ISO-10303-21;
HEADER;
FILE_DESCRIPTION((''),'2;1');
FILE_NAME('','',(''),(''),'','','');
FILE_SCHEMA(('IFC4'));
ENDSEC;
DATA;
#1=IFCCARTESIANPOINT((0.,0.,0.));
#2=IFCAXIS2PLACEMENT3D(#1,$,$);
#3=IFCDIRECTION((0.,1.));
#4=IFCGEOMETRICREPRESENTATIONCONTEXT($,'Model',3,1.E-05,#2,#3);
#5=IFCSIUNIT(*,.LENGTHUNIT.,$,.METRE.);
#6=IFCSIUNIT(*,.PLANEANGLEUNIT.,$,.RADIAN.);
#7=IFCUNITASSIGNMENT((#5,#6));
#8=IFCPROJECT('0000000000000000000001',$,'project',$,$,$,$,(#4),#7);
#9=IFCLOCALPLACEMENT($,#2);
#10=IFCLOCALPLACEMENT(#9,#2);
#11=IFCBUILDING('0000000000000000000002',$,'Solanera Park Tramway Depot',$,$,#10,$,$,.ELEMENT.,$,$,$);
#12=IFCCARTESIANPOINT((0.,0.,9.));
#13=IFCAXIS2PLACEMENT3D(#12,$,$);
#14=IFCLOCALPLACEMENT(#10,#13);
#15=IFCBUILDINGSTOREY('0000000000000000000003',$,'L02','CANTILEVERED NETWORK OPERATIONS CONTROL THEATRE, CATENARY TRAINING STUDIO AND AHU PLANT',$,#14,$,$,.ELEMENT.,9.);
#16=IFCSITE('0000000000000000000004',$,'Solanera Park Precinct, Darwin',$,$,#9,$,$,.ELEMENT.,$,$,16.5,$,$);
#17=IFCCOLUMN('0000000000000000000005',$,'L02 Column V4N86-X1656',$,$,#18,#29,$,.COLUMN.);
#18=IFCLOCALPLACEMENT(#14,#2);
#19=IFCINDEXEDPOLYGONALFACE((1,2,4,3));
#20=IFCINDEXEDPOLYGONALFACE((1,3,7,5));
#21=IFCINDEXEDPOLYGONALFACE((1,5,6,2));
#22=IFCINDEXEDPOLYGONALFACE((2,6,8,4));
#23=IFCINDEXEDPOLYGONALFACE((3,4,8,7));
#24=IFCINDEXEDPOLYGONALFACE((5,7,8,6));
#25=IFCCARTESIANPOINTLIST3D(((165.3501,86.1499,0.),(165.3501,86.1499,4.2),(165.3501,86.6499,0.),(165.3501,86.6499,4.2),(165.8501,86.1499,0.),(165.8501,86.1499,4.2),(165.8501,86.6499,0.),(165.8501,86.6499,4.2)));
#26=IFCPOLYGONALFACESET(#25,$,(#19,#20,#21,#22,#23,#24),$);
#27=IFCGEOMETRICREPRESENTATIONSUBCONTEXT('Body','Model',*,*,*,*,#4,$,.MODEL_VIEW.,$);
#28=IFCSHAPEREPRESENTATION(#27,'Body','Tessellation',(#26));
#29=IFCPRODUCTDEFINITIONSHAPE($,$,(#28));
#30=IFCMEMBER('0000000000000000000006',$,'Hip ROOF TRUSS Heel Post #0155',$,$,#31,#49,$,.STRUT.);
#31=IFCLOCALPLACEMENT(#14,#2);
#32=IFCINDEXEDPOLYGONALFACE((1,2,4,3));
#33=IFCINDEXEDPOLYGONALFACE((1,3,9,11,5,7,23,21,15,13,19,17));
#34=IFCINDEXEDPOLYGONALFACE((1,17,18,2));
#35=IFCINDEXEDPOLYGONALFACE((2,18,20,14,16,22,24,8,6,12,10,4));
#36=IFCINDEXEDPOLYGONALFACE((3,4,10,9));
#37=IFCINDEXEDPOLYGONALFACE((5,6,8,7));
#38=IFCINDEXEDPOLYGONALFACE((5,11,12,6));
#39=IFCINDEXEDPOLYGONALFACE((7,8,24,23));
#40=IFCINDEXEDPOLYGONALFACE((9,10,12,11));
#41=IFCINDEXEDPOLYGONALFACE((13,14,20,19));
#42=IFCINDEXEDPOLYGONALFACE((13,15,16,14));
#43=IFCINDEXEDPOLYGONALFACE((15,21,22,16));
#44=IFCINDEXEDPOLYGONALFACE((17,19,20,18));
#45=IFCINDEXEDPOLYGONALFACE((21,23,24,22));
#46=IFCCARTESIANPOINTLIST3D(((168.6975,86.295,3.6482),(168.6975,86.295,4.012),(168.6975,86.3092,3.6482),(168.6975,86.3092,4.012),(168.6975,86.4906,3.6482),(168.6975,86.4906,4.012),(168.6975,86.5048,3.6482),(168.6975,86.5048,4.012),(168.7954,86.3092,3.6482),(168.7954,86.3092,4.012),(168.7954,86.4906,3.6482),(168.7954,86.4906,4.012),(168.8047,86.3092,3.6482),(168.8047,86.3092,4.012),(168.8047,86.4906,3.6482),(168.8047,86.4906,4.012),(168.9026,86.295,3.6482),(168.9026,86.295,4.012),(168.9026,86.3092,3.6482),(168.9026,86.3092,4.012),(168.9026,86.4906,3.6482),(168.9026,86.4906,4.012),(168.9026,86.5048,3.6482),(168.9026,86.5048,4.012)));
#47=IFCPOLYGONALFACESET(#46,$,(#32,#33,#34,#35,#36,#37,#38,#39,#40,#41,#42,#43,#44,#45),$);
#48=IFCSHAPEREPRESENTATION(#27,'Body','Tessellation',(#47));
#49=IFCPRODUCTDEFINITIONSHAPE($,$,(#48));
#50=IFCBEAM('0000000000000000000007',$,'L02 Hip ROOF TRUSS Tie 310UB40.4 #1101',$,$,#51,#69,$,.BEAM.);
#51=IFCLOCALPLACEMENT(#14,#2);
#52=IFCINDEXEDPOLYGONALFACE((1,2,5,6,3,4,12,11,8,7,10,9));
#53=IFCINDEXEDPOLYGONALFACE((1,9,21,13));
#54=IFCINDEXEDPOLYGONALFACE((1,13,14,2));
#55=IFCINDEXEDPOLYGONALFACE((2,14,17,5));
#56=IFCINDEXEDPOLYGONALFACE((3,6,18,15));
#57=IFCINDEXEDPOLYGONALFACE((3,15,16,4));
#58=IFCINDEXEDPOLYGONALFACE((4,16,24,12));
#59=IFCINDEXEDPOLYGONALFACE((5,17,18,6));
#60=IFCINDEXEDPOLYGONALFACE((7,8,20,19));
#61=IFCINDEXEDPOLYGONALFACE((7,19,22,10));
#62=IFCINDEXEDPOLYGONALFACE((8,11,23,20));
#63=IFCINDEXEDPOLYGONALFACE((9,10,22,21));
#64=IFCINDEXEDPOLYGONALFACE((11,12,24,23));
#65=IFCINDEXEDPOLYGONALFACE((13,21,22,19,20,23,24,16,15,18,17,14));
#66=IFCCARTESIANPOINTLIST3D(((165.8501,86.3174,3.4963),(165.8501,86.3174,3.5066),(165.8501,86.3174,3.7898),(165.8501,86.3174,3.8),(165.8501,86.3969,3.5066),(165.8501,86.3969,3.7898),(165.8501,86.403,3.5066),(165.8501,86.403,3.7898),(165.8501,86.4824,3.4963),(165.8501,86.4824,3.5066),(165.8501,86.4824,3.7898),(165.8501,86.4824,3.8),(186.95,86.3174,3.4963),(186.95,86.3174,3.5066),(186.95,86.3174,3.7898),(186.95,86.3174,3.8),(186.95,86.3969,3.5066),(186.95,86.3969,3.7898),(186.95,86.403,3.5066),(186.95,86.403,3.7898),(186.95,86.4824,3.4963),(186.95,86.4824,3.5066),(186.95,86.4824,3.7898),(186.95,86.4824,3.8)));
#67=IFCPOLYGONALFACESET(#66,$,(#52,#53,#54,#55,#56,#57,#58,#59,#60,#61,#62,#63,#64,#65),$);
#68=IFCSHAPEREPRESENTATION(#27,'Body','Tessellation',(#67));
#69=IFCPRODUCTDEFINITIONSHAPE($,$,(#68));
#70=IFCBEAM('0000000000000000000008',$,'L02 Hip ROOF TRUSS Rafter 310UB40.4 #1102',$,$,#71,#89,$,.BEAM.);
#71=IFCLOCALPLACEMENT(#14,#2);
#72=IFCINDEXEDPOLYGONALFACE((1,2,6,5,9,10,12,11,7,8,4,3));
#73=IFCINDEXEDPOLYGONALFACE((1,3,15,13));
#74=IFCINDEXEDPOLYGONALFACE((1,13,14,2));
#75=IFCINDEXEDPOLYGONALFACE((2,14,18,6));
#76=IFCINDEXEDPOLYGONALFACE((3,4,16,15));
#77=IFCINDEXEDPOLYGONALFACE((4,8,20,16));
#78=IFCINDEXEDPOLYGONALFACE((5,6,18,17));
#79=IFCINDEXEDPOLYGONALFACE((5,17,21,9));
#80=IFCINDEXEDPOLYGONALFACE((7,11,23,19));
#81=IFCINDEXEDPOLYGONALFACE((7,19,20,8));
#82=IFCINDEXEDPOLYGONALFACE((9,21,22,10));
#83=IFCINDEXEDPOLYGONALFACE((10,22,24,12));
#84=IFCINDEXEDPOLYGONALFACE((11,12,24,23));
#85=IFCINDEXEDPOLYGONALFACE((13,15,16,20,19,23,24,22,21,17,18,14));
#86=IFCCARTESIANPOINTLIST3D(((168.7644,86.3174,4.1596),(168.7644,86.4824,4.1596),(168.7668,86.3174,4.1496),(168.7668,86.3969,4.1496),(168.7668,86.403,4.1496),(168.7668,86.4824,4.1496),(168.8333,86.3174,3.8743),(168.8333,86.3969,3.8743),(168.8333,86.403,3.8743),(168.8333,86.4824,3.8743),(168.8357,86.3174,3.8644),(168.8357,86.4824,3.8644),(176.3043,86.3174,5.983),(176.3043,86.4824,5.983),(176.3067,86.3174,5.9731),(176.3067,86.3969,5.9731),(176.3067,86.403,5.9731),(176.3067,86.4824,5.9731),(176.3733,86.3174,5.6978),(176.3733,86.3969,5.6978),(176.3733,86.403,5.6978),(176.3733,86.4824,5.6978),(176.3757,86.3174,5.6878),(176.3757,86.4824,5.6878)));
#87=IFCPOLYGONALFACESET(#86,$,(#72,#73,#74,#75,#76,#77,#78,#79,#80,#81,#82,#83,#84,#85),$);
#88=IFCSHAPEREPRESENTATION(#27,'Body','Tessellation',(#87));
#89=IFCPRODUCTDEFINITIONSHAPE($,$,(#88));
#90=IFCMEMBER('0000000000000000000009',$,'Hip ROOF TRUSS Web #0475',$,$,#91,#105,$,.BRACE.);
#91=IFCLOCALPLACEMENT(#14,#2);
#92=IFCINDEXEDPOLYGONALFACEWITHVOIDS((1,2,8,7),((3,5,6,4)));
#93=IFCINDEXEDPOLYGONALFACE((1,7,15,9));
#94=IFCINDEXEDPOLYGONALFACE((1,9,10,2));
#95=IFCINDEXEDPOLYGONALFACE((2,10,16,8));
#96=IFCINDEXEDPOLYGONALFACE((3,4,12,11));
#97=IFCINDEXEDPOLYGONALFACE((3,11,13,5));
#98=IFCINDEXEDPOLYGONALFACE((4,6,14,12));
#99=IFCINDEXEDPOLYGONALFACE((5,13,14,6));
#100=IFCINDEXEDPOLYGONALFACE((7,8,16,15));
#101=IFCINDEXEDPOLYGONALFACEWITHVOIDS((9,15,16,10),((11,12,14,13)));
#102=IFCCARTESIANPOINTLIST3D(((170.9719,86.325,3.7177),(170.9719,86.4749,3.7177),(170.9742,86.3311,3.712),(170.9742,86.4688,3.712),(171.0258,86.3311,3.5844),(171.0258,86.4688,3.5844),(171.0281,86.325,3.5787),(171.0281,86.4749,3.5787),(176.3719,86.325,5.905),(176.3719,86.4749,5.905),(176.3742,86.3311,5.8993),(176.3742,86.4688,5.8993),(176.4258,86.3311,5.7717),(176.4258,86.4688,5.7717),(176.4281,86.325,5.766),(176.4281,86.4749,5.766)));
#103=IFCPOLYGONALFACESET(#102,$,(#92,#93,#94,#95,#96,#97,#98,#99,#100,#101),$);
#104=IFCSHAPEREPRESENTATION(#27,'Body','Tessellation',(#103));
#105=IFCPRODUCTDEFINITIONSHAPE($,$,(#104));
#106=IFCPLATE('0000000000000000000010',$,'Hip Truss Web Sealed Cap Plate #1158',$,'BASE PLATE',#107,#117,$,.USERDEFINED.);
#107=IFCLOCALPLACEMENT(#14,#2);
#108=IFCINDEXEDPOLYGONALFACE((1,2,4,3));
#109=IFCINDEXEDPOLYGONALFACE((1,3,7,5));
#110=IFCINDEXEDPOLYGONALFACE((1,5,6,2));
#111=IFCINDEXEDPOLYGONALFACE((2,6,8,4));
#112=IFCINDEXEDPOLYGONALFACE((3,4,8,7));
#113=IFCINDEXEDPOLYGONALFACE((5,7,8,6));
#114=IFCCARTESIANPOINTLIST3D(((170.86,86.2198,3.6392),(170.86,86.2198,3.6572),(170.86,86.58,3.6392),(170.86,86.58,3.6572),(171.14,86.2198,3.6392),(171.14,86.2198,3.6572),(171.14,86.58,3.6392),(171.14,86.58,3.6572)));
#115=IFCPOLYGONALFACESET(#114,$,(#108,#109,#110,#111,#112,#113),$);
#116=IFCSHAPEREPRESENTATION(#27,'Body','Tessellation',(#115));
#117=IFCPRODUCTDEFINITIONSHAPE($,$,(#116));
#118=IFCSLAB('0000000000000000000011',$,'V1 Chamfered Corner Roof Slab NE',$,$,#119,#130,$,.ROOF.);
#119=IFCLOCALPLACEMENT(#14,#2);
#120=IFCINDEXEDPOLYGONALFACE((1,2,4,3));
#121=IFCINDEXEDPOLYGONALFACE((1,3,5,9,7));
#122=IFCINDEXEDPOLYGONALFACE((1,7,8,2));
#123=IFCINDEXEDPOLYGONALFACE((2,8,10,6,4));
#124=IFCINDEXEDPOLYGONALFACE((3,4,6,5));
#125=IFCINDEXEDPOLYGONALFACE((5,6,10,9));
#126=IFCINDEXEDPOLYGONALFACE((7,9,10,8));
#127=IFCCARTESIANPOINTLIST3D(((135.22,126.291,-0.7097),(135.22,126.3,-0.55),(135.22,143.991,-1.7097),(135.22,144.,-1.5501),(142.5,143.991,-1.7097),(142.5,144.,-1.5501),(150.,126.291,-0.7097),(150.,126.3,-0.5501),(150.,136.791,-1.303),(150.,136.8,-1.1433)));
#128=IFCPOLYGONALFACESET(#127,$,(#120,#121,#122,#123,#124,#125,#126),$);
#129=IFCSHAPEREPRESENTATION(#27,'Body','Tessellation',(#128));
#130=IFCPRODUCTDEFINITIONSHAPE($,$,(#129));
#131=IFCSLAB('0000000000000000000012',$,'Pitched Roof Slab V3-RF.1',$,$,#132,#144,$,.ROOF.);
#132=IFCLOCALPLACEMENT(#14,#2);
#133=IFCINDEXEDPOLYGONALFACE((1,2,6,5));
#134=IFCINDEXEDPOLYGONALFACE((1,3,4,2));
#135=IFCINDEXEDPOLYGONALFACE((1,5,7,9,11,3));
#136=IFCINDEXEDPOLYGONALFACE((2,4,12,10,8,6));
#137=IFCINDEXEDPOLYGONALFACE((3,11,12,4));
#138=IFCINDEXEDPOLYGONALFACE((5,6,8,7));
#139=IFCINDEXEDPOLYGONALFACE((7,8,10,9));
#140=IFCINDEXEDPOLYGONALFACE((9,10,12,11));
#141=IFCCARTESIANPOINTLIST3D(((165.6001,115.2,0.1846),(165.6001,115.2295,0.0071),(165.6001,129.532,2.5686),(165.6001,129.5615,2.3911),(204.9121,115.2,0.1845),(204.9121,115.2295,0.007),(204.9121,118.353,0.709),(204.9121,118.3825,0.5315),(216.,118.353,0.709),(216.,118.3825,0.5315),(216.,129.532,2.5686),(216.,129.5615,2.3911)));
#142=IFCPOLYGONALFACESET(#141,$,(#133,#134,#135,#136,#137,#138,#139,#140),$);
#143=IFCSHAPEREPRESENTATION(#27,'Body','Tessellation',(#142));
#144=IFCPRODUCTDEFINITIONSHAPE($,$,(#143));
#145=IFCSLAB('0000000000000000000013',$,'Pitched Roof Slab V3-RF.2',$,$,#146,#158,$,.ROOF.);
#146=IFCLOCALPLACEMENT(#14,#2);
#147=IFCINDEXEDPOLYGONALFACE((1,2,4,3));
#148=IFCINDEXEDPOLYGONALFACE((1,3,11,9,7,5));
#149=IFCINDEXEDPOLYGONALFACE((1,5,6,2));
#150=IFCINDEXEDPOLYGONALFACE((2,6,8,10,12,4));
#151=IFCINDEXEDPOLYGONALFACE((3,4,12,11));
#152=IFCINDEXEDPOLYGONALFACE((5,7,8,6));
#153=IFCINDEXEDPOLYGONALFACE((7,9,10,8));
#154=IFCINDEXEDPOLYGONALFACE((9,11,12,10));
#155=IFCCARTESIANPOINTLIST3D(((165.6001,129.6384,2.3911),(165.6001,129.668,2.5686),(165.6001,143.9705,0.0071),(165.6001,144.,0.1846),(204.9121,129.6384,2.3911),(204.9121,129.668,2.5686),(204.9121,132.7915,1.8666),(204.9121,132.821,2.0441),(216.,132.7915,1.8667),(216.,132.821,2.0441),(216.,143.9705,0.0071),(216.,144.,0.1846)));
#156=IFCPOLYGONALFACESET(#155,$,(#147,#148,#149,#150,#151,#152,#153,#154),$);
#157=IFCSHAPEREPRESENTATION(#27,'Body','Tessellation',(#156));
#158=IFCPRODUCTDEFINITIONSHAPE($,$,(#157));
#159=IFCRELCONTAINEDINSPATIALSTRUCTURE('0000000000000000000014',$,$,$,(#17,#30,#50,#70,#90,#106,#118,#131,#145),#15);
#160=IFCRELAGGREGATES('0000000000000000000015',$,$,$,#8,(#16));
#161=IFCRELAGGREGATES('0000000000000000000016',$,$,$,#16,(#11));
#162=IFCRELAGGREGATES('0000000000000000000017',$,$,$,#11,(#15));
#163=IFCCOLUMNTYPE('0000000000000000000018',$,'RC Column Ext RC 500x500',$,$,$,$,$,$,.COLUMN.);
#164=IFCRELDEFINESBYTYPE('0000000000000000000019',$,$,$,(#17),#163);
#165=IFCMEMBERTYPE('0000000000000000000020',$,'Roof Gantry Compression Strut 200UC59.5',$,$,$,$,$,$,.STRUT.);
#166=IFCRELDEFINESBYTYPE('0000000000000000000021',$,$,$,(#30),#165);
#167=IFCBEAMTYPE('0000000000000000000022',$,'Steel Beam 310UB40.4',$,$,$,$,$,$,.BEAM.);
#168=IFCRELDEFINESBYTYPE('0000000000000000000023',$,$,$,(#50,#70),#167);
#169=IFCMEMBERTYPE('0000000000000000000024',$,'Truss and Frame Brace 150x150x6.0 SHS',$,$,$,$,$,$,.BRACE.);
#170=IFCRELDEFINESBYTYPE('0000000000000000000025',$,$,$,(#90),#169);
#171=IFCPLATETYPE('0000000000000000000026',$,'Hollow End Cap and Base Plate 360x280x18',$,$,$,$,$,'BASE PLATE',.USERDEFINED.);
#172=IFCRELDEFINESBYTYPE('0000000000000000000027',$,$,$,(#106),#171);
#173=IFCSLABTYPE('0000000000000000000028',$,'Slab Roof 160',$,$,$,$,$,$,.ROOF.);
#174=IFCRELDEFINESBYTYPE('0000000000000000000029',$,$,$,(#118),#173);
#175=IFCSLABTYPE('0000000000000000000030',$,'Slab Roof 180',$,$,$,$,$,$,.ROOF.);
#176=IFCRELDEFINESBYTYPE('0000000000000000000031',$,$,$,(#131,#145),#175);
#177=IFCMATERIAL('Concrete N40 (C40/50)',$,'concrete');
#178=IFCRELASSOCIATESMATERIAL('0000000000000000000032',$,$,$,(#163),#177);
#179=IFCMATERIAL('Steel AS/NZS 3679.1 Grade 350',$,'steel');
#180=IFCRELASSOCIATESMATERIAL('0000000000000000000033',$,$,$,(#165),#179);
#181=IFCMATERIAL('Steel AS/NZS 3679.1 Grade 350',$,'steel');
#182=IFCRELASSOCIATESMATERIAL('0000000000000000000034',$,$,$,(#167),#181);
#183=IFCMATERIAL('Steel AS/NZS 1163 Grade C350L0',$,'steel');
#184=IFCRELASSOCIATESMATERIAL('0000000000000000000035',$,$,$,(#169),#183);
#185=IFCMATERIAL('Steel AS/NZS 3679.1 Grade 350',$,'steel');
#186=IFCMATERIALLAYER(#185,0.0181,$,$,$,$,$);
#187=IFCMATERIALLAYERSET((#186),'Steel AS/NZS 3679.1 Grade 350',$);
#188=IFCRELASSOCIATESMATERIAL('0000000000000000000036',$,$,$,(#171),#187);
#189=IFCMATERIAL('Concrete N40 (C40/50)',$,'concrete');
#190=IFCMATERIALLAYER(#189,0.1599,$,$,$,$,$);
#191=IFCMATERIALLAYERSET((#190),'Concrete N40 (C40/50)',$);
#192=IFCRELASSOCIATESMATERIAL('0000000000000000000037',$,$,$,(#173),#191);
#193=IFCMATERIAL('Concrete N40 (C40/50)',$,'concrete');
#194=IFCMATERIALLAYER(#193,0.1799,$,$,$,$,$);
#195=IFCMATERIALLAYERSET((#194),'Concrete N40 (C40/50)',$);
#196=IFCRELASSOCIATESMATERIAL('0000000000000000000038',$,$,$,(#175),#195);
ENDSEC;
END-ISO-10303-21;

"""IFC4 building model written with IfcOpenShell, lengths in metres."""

from ifc_helpers import new_model, si_unit, direction, frame, origin, origin_2d, place, context, subcontext, project, spatial, polyline, rectangle, hollow_rectangle, i_section, outline, extrude, material, layer, layer_set, material_profile, profile_set, type_object, element, save


model = new_model("IFC4")

# Units and contexts
model_context = context("Model", 3, precision=1e-05, world=origin(), true_north=direction((0.0, 1.0)))
body_context = subcontext(model_context, "Body", "Model", "MODEL_VIEW")
ifc_project = project(units=[si_unit("LENGTHUNIT", "METRE"), si_unit("PLANEANGLEUNIT", "RADIAN")], contexts=[model_context])

# Site, building, storey
site_placement = place(None, origin())
site = spatial("IfcSite", under=ifc_project, at=site_placement, Name="Solanera Park Precinct, Darwin", CompositionType="ELEMENT", RefElevation=16.5)
building_placement = place(site_placement, origin())
building = spatial("IfcBuilding", under=site, at=building_placement, Name="Solanera Park Tramway Depot", CompositionType="ELEMENT")
storey_placement = place(building_placement, frame((0.0, 0.0, 9.0)))
storey = spatial("IfcBuildingStorey", under=building, at=storey_placement, Name="L02", Description="CANTILEVERED NETWORK OPERATIONS CONTROL THEATRE, CATENARY TRAINING STUDIO AND AHU PLANT", CompositionType="ELEMENT", Elevation=9.0)

# Column
ifc_material_1 = material(Name="Concrete N40 (C40/50)", Category="concrete")
ifc_material_profile_1 = material_profile(ifc_material_1, rectangle(XDim=0.5, YDim=0.5, at=origin_2d()), Name="RC 500x500")
ifc_profile_set_1 = profile_set([ifc_material_profile_1], Name="Concrete N40 (C40/50)")
column_type = type_object("IfcColumnType", Name="RC Column Ext RC 500x500", PredefinedType="COLUMN", material=ifc_profile_set_1)
column_placement = place(storey_placement, frame((165.6001, 86.3999, 0.0), z_axis=(0.0, 0.0, 1.0), x_axis=(1.0, 0.0, 0.0)))
element("IfcColumn", 1, at=column_placement, inside=storey, type_object=column_type, Name="L02 Column V4N86-X1656", PredefinedType="COLUMN", context=body_context, shape_type="SweptSolid", body=[
    extrude(rectangle(XDim=0.5, YDim=0.5, at=origin_2d()), origin(), (0.0, 0.0, 1.0), 4.2),
])

# Member
ifc_material_2 = material(Name="Steel AS/NZS 3679.1 Grade 350", Category="steel")
ifc_material_profile_2 = material_profile(ifc_material_2, i_section(OverallWidth=0.2051, OverallDepth=0.2097, WebThickness=0.0093, FlangeThickness=0.0142, at=origin_2d()), Name="200UC59.5")
ifc_profile_set_2 = profile_set([ifc_material_profile_2], Name="Steel AS/NZS 3679.1 Grade 350")
member_type_1 = type_object("IfcMemberType", Name="Roof Gantry Compression Strut 200UC59.5", PredefinedType="STRUT", material=ifc_profile_set_2)
member_1_placement = place(storey_placement, frame((168.8, 86.3999, 3.6482), z_axis=(0.0, 0.0, 1.0), x_axis=(1.0, 0.0, 0.0)))
element("IfcMember", 2, at=member_1_placement, inside=storey, type_object=member_type_1, Name="Hip ROOF TRUSS Heel Post #0155", PredefinedType="STRUT", context=body_context, shape_type="SweptSolid", body=[
    extrude(i_section(OverallWidth=0.2051, OverallDepth=0.2097, WebThickness=0.0093, FlangeThickness=0.0142, at=origin_2d()), origin(), (0.0, 0.0, 1.0), 0.3638),
])

# Beams
ifc_material_3 = material(Name="Steel AS/NZS 3679.1 Grade 350", Category="steel")
ifc_material_profile_3 = material_profile(ifc_material_3, i_section(OverallWidth=0.165, OverallDepth=0.3037, WebThickness=0.0061, FlangeThickness=0.0103, at=origin_2d()), Name="310UB40.4")
ifc_profile_set_3 = profile_set([ifc_material_profile_3], Name="Steel AS/NZS 3679.1 Grade 350")
beam_type = type_object("IfcBeamType", Name="Steel Beam 310UB40.4", PredefinedType="BEAM", material=ifc_profile_set_3)
beam_1_placement = place(storey_placement, frame((165.8501, 86.3999, 3.6482), z_axis=(1.0, 0.0, 0.0), x_axis=(0.0, 1.0, 0.0)))
element("IfcBeam", 3, at=beam_1_placement, inside=storey, type_object=beam_type, Name="L02 Hip ROOF TRUSS Tie 310UB40.4 #1101", PredefinedType="BEAM", context=body_context, shape_type="SweptSolid", body=[
    extrude(i_section(OverallWidth=0.165, OverallDepth=0.3037, WebThickness=0.0061, FlangeThickness=0.0103, at=origin_2d()), origin(), (0.0, 0.0, 1.0), 21.0999),
])
beam_2_placement = place(storey_placement, frame((168.8, 86.3999, 4.012), z_axis=(0.97198, 0.0, 0.235064), x_axis=(0.0, 1.0, 0.0)))
element("IfcBeam", 4, at=beam_2_placement, inside=storey, type_object=beam_type, Name="L02 Hip ROOF TRUSS Rafter 310UB40.4 #1102", PredefinedType="BEAM", context=body_context, shape_type="SweptSolid", body=[
    extrude(i_section(OverallWidth=0.165, OverallDepth=0.3037, WebThickness=0.0061, FlangeThickness=0.0103, at=origin_2d()), origin(), (0.0, 0.0, 1.0), 7.7573),
])

# Member
ifc_material_4 = material(Name="Steel AS/NZS 1163 Grade C350L0", Category="steel")
ifc_material_profile_4 = material_profile(ifc_material_4, hollow_rectangle(XDim=0.1499, YDim=0.1499, WallThickness=0.0061, at=origin_2d()), Name="150x150x6.0 SHS")
ifc_profile_set_4 = profile_set([ifc_material_profile_4], Name="Steel AS/NZS 1163 Grade C350L0")
member_type_2 = type_object("IfcMemberType", Name="Truss and Frame Brace 150x150x6.0 SHS", PredefinedType="BRACE", material=ifc_profile_set_4)
member_2_placement = place(storey_placement, frame((171.0, 86.3999, 3.6482), z_axis=(0.926852, 0.0, 0.375426), x_axis=(0.0, 1.0, 0.0)))
element("IfcMember", 5, at=member_2_placement, inside=storey, type_object=member_type_2, Name="Hip ROOF TRUSS Web #0475", PredefinedType="BRACE", context=body_context, shape_type="SweptSolid", body=[
    extrude(hollow_rectangle(XDim=0.1499, YDim=0.1499, WallThickness=0.0061, at=origin_2d()), origin(), (0.0, 0.0, 1.0), 5.8262),
])

# Plate
ifc_material_5 = material(Name="Steel AS/NZS 3679.1 Grade 350", Category="steel")
ifc_layer_1 = layer(ifc_material_5, 0.0181)
ifc_layer_set_1 = layer_set([ifc_layer_1], Name="Steel AS/NZS 3679.1 Grade 350")
plate_type = type_object("IfcPlateType", Name="Hollow End Cap and Base Plate 360x280x18", ElementType="BASE PLATE", PredefinedType="USERDEFINED", material=ifc_layer_set_1)
plate_placement = place(storey_placement, frame((171.0, 86.3999, 3.6392), z_axis=(0.0, 0.0, 1.0), x_axis=(1.0, 0.0, 0.0)))
element("IfcPlate", 6, at=plate_placement, inside=storey, type_object=plate_type, Name="Hip Truss Web Sealed Cap Plate #1158", ObjectType="BASE PLATE", PredefinedType="USERDEFINED", context=body_context, shape_type="SweptSolid", body=[
    extrude(rectangle(XDim=0.28, YDim=0.3601, at=origin_2d()), origin(), (0.0, 0.0, 1.0), 0.0181),
])

# Slabs
ifc_material_6 = material(Name="Concrete N40 (C40/50)", Category="concrete")
ifc_layer_2 = layer(ifc_material_6, 0.1599)
ifc_layer_set_2 = layer_set([ifc_layer_2], Name="Concrete N40 (C40/50)")
slab_type_1 = type_object("IfcSlabType", Name="Slab Roof 160", PredefinedType="ROOF", material=ifc_layer_set_2)
slab_placement = place(storey_placement, frame((135.22, 126.3, -0.55), z_axis=(0.000001, 0.056408, 0.998408), x_axis=(1.0, 0.0, -0.000001)))
element("IfcSlab", 7, at=slab_placement, inside=storey, type_object=slab_type_1, Name="V1 Chamfered Corner Roof Slab NE", PredefinedType="ROOF", context=body_context, shape_type="SweptSolid", body=[
    extrude(outline(polyline([(0.0, 0.0), (14.78, 0.0), (14.78, 10.5167), (7.28, 17.7282), (0.0, 17.7282), (0.0, 0.0)])), origin(), (0.0, 0.0, -1.0), 0.1599),
])
ifc_material_7 = material(Name="Concrete N40 (C40/50)", Category="concrete")
ifc_layer_3 = layer(ifc_material_7, 0.1799)
ifc_layer_set_3 = layer_set([ifc_layer_3], Name="Concrete N40 (C40/50)")
slab_type_2 = type_object("IfcSlabType", Name="Slab Roof 180", PredefinedType="ROOF", material=ifc_layer_set_3)
for number, where, z_axis, x_axis, name in (
    (8, (165.6001, 115.2, 0.1846), (0.000001, -0.16409, 0.986445), (1.0, 0.0, -0.000001), "Pitched Roof Slab V3-RF.1"),
    (9, (165.6001, 129.668, 2.5686), (-0.000001, 0.16409, 0.986445), (1.0, 0.0, 0.000001), "Pitched Roof Slab V3-RF.2"),
):
    element("IfcSlab", number, at=place(storey_placement, frame(where, z_axis=z_axis, x_axis=x_axis)), inside=storey, type_object=slab_type_2, Name=name, PredefinedType="ROOF", context=body_context, shape_type="SweptSolid", body=[
        extrude(outline(polyline([(0.0, 0.0), (39.312, 0.0), (39.312, 3.1964), (50.3999, 3.1964), (50.3999, 14.529), (0.0, 14.529), (0.0, 0.0)])), origin(), (0.0, 0.0, -1.0), 0.1799),
    ])

save(model, "model.ifc")
